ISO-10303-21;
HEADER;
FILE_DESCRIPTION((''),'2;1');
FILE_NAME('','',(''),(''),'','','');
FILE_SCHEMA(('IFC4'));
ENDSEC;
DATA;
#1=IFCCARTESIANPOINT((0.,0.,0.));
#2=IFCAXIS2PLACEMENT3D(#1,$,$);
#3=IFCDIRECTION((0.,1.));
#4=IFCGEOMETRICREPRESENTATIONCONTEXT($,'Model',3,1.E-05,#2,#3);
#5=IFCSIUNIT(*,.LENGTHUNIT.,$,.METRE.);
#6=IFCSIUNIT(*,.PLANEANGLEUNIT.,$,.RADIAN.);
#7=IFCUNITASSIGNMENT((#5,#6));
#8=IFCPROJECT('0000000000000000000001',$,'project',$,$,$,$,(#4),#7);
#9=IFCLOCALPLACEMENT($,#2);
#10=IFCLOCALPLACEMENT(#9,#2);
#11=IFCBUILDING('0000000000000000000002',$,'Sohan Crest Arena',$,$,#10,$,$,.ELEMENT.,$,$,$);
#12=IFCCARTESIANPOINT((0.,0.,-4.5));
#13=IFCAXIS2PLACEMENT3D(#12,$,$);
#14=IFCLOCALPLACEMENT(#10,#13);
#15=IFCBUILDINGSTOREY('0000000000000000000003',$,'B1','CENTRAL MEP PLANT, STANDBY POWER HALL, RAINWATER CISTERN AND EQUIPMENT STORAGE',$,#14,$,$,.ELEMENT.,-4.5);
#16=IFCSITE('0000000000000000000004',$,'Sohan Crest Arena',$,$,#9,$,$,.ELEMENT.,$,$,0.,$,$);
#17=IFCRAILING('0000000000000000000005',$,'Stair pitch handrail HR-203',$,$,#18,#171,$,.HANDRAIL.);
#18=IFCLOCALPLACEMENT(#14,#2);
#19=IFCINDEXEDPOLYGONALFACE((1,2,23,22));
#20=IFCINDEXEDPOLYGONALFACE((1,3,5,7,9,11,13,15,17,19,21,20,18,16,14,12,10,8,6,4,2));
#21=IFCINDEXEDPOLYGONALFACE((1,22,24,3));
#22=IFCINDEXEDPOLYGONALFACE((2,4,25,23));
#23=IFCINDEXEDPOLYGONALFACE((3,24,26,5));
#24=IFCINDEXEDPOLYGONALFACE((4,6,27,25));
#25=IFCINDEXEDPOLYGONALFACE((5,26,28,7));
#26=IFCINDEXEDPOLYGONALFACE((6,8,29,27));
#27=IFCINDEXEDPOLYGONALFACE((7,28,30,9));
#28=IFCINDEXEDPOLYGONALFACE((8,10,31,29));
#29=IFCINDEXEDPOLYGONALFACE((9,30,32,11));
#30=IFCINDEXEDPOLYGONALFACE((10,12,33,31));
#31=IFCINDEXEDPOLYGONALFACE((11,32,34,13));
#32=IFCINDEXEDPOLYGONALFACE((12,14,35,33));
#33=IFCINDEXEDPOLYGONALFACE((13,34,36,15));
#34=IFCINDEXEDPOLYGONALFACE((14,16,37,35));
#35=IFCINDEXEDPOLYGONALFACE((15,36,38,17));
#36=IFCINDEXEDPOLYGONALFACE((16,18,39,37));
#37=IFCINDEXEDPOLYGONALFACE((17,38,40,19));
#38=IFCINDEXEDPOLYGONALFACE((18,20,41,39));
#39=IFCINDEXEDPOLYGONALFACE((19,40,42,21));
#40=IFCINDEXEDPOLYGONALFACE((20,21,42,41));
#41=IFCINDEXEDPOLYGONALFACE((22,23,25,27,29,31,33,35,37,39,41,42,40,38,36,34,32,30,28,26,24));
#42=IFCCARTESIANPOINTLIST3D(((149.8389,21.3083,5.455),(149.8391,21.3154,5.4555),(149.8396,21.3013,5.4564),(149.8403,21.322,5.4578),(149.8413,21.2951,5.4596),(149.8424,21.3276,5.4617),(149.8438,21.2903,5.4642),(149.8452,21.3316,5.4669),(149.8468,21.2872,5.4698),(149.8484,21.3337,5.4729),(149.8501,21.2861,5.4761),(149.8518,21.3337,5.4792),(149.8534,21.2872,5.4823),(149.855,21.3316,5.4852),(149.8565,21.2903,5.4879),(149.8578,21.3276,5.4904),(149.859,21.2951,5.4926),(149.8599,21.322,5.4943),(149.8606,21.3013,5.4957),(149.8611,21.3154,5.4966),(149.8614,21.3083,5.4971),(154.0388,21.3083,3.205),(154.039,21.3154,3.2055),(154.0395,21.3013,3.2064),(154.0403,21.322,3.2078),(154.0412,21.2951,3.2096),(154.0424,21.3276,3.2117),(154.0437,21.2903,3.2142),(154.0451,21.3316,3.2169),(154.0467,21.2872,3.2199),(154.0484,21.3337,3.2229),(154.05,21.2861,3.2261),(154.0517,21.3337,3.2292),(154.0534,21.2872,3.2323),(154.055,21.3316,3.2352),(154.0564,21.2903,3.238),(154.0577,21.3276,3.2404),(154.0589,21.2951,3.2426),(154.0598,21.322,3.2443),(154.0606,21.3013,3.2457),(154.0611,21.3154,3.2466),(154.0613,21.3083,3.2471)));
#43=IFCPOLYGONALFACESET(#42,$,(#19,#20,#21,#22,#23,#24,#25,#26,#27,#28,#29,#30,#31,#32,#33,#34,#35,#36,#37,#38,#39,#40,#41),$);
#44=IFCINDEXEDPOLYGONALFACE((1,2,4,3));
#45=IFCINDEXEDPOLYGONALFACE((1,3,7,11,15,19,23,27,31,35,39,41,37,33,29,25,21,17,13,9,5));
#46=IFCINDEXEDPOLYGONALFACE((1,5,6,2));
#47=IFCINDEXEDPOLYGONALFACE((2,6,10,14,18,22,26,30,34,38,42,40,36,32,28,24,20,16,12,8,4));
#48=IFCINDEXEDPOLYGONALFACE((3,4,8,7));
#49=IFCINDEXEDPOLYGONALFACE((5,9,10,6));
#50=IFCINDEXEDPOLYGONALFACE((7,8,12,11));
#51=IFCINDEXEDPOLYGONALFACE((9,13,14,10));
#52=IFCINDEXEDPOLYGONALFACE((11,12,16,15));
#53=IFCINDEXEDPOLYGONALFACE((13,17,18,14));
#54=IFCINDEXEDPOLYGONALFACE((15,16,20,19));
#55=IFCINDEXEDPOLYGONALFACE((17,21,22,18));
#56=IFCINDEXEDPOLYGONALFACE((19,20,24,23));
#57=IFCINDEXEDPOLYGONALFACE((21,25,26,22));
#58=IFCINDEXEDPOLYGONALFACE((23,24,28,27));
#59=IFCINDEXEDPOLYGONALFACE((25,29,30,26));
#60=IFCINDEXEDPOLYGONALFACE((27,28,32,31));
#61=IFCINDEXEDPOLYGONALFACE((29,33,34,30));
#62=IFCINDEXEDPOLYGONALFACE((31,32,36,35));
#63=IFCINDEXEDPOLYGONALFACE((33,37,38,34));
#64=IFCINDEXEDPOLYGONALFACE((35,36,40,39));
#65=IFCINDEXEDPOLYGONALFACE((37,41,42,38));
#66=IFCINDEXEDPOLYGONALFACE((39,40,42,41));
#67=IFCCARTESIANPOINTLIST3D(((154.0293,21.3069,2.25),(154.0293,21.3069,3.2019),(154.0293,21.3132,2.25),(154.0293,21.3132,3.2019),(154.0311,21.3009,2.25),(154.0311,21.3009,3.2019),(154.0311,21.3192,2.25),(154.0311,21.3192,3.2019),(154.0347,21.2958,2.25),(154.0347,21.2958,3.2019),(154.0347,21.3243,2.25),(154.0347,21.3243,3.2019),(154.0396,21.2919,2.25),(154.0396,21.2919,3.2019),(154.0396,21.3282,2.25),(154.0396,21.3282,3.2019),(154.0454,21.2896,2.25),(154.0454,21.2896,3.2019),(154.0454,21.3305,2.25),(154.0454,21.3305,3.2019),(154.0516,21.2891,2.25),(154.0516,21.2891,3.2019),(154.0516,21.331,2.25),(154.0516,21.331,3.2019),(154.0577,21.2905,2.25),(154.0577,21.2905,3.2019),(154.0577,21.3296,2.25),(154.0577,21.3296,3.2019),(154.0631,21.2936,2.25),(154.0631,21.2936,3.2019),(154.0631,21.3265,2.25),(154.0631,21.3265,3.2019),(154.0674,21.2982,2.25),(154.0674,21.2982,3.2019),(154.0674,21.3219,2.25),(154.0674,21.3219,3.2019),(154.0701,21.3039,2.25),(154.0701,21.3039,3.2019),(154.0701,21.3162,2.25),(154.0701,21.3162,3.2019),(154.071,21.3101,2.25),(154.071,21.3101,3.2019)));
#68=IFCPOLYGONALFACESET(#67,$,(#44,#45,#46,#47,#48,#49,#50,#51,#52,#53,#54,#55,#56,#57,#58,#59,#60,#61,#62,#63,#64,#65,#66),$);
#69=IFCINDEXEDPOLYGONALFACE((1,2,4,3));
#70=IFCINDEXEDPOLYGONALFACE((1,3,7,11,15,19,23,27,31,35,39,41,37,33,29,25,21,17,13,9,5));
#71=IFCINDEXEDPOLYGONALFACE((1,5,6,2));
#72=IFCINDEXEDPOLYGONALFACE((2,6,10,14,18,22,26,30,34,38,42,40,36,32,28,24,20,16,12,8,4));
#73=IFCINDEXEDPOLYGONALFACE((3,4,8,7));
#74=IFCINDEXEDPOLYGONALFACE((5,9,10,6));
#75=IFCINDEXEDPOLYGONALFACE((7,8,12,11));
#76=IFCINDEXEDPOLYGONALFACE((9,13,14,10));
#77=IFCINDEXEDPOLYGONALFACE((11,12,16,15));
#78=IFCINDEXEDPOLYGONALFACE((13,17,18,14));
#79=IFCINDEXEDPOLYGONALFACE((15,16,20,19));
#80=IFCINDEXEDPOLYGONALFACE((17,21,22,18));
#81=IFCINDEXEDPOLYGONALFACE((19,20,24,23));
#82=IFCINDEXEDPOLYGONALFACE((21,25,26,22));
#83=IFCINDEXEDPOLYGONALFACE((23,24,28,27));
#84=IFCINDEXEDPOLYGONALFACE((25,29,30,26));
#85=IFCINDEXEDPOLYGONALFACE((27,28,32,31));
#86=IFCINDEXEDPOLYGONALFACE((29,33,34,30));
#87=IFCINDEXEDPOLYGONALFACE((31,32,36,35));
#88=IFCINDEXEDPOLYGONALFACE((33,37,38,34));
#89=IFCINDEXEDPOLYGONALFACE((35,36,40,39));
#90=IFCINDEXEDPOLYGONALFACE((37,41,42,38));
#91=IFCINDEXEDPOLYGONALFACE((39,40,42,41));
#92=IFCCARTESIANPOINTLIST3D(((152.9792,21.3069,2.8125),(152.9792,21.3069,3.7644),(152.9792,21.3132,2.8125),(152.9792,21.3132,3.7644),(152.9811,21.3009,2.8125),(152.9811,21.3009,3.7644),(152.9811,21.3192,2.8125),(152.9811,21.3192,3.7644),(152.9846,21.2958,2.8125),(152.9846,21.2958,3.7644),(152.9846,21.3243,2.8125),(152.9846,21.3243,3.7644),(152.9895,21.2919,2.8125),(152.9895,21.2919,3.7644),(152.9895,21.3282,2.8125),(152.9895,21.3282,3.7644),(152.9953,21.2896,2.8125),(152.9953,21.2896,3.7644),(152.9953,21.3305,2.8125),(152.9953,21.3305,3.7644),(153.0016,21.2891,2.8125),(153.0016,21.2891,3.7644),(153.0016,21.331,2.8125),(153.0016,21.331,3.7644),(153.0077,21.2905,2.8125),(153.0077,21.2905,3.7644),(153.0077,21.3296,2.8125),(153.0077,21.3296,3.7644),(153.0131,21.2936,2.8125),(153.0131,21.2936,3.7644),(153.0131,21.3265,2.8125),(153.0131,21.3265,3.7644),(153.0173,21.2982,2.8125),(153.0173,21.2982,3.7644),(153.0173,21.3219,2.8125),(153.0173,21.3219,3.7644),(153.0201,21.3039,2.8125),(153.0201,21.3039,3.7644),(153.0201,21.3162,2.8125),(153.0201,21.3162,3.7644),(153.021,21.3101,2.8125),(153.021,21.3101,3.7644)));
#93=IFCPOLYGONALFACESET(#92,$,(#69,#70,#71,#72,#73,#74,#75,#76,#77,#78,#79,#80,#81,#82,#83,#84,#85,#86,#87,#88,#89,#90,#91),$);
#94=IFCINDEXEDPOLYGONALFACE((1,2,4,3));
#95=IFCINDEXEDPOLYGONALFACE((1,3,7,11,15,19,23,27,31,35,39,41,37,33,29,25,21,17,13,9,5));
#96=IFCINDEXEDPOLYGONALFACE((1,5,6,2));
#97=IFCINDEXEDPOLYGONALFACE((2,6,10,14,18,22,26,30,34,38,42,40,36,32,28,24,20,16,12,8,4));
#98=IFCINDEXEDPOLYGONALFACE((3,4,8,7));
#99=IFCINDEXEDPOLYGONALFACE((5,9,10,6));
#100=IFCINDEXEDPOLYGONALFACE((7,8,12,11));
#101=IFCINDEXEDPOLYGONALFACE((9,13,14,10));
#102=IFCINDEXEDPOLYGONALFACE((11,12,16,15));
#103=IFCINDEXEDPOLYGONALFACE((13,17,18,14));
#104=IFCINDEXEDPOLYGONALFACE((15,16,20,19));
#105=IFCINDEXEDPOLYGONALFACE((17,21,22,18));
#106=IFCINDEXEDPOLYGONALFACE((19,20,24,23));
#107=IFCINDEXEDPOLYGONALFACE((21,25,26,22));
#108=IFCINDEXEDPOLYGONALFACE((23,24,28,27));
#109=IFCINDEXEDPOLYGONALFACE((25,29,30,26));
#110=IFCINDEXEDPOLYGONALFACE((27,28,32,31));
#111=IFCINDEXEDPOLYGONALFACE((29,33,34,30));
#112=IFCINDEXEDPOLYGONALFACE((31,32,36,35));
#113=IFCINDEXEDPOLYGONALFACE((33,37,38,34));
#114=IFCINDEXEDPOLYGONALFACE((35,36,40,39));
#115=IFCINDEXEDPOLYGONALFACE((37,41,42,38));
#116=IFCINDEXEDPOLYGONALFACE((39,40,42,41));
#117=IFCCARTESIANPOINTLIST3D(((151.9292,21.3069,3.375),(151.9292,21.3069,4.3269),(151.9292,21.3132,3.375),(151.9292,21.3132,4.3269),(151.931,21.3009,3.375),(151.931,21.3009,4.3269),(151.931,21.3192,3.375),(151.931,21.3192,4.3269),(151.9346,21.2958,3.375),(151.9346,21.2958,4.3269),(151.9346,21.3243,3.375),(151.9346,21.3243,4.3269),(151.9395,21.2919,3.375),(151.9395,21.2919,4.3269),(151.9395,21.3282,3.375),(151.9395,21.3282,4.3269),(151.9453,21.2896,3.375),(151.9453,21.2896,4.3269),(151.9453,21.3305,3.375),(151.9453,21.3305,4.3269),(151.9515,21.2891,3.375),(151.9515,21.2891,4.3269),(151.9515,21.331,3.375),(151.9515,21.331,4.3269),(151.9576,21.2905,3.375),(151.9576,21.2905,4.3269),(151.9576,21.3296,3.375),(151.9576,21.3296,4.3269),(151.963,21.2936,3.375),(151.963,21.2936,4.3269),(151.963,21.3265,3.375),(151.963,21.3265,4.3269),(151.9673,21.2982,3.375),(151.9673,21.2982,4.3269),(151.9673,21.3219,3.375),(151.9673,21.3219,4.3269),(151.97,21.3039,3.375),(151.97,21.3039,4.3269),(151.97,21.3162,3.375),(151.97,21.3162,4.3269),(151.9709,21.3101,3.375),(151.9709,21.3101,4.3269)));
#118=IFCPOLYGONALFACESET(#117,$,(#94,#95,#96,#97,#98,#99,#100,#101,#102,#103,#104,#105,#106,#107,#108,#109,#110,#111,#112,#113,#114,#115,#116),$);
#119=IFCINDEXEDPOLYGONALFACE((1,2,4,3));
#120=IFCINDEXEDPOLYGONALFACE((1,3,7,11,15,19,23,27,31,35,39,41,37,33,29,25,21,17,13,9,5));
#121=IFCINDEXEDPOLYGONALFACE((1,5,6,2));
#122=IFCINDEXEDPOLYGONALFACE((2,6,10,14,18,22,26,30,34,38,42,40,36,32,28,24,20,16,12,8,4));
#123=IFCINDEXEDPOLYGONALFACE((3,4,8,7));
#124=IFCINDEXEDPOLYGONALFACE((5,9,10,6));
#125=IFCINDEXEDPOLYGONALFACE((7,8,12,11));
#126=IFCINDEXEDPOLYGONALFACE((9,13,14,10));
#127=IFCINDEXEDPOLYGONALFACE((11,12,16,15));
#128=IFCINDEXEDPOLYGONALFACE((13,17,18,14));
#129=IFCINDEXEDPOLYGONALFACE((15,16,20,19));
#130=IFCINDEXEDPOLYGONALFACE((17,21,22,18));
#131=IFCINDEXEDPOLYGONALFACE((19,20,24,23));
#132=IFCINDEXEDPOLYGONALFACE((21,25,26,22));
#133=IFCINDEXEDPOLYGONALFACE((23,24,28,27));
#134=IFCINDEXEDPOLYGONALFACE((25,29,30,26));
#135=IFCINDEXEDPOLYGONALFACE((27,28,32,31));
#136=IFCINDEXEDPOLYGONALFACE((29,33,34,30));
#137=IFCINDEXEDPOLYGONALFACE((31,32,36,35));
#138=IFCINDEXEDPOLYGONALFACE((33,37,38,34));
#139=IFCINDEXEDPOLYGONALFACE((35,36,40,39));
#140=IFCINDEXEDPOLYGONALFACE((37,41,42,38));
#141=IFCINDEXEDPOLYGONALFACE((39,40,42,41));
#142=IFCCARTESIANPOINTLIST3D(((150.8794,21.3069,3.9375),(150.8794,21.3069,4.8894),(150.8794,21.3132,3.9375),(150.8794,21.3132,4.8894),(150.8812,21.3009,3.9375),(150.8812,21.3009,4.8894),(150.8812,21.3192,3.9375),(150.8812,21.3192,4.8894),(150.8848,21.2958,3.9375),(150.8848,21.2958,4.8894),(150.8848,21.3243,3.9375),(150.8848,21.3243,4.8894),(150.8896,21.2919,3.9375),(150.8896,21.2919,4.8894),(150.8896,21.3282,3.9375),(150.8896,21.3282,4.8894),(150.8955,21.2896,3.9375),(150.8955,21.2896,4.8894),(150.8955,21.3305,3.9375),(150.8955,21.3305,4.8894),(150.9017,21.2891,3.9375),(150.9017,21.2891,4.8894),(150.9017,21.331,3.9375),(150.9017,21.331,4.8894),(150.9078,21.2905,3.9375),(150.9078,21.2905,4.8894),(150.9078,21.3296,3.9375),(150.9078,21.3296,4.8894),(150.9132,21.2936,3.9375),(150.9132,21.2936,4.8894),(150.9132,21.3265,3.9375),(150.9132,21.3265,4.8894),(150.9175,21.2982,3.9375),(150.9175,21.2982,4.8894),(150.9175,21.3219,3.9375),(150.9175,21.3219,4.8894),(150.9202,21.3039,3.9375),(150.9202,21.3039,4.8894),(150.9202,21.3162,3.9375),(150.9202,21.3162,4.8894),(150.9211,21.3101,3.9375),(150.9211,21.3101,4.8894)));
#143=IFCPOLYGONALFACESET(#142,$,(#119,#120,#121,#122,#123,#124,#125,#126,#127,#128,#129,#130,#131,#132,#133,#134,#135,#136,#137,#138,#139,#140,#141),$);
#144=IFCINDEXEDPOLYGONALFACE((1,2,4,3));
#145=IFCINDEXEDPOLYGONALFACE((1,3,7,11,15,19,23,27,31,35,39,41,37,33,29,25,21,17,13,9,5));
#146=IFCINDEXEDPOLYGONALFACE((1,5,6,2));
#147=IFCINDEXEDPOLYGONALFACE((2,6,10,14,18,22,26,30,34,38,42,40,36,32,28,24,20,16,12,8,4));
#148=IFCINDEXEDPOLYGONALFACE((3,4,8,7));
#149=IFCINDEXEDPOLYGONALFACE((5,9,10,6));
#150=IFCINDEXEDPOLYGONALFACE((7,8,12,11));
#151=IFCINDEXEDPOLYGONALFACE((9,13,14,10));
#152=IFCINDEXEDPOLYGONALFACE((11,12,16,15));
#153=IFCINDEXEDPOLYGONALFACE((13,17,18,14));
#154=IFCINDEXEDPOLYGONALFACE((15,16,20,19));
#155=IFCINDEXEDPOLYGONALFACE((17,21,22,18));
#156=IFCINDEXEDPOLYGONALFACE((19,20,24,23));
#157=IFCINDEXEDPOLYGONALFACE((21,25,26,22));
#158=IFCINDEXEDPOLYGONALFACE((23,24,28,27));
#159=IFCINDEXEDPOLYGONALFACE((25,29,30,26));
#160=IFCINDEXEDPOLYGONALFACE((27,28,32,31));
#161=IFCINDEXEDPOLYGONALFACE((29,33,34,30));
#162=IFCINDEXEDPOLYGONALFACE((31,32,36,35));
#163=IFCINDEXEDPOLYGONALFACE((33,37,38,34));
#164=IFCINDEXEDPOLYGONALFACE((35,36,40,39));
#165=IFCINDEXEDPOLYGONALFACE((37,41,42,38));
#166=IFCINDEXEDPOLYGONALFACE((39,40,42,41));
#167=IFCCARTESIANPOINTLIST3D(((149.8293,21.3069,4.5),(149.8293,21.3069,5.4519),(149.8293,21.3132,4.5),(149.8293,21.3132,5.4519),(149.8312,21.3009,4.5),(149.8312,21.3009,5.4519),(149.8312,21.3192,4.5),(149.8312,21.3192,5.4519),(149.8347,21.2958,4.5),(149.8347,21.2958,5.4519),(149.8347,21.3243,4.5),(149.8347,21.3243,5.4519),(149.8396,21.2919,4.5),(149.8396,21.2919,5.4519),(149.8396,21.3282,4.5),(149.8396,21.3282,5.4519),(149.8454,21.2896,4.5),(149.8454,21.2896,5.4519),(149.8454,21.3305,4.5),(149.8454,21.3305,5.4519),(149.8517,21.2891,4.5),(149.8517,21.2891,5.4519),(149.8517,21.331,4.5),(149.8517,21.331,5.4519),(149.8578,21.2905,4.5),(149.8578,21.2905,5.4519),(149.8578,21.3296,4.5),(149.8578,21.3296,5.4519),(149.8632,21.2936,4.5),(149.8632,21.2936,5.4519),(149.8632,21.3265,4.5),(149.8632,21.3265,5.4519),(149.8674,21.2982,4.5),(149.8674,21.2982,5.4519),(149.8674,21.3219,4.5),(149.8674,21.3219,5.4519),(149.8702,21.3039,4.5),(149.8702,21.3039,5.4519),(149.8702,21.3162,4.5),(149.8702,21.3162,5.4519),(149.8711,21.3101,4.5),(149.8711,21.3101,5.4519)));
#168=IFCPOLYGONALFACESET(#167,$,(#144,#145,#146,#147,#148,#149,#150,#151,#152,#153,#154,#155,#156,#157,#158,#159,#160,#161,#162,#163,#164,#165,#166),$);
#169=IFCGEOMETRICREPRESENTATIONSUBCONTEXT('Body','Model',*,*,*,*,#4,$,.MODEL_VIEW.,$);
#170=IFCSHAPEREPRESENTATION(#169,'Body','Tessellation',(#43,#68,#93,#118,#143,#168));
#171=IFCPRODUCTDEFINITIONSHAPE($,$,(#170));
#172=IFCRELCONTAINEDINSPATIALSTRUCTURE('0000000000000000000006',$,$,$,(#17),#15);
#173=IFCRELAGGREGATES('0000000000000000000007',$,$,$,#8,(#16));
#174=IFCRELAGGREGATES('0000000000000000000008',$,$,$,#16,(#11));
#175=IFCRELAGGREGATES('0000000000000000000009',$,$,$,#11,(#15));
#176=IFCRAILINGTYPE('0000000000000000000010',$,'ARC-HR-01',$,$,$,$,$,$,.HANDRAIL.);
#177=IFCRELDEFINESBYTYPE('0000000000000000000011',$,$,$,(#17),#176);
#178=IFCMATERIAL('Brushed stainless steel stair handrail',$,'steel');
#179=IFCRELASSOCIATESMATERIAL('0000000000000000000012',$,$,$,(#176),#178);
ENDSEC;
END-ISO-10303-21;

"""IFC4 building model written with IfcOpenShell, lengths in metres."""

from ifc_helpers import new_model, si_unit, direction, frame, origin, origin_2d, place, context, subcontext, project, spatial, circle, extrude, material, type_object, element, save


model = new_model("IFC4")

# Units and contexts
model_context = context("Model", 3, precision=1e-05, world=origin(), true_north=direction((0.0, 1.0)))
body_context = subcontext(model_context, "Body", "Model", "MODEL_VIEW")
ifc_project = project(units=[si_unit("LENGTHUNIT", "METRE"), si_unit("PLANEANGLEUNIT", "RADIAN")], contexts=[model_context])

# Site, building, storey
site_placement = place(None, origin())
site = spatial("IfcSite", under=ifc_project, at=site_placement, Name="Sohan Crest Arena", CompositionType="ELEMENT", RefElevation=0.0)
building_placement = place(site_placement, origin())
building = spatial("IfcBuilding", under=site, at=building_placement, Name="Sohan Crest Arena", CompositionType="ELEMENT")
storey_placement = place(building_placement, frame((0.0, 0.0, -4.5)))
storey = spatial("IfcBuildingStorey", under=building, at=storey_placement, Name="B1", Description="CENTRAL MEP PLANT, STANDBY POWER HALL, RAINWATER CISTERN AND EQUIPMENT STORAGE", CompositionType="ELEMENT", Elevation=-4.5)

# Railing
ifc_material_1 = material(Name="Brushed stainless steel stair handrail", Category="steel")
railing_type_1 = type_object("IfcRailingType", Name="ARC-HR-01", PredefinedType="HANDRAIL", material=ifc_material_1)
railing_1_placement = place(storey_placement, frame((154.05, 21.3101, 2.25)))
element("IfcRailing", 1, at=railing_1_placement, inside=storey, type_object=railing_type_1, Name="Stair pitch handrail HR-203", PredefinedType="HANDRAIL", context=body_context, shape_type="SweptSolid", body=[
    extrude(circle(Radius=0.0239, at=origin_2d()), frame((0.0, 0.0, 0.9761), z_axis=(-0.881478, 0.0, 0.472226), x_axis=(0.0, -1.0, 0.0)), (0.0, 0.0, 1.0), 4.7646),
    extrude(circle(Radius=0.021, at=origin_2d()), origin(), (0.0, 0.0, 1.0), 0.9519),
    extrude(circle(Radius=0.021, at=origin_2d()), frame((-1.05, 0.0, 0.5625)), (0.0, 0.0, 1.0), 0.9519),
    extrude(circle(Radius=0.021, at=origin_2d()), frame((-2.1001, 0.0, 1.125)), (0.0, 0.0, 1.0), 0.9519),
    extrude(circle(Radius=0.021, at=origin_2d()), frame((-3.1499, 0.0, 1.6875)), (0.0, 0.0, 1.0), 0.9519),
    extrude(circle(Radius=0.021, at=origin_2d()), frame((-4.2, 0.0, 2.25)), (0.0, 0.0, 1.0), 0.9519),
])

save(model, "model.ifc")
